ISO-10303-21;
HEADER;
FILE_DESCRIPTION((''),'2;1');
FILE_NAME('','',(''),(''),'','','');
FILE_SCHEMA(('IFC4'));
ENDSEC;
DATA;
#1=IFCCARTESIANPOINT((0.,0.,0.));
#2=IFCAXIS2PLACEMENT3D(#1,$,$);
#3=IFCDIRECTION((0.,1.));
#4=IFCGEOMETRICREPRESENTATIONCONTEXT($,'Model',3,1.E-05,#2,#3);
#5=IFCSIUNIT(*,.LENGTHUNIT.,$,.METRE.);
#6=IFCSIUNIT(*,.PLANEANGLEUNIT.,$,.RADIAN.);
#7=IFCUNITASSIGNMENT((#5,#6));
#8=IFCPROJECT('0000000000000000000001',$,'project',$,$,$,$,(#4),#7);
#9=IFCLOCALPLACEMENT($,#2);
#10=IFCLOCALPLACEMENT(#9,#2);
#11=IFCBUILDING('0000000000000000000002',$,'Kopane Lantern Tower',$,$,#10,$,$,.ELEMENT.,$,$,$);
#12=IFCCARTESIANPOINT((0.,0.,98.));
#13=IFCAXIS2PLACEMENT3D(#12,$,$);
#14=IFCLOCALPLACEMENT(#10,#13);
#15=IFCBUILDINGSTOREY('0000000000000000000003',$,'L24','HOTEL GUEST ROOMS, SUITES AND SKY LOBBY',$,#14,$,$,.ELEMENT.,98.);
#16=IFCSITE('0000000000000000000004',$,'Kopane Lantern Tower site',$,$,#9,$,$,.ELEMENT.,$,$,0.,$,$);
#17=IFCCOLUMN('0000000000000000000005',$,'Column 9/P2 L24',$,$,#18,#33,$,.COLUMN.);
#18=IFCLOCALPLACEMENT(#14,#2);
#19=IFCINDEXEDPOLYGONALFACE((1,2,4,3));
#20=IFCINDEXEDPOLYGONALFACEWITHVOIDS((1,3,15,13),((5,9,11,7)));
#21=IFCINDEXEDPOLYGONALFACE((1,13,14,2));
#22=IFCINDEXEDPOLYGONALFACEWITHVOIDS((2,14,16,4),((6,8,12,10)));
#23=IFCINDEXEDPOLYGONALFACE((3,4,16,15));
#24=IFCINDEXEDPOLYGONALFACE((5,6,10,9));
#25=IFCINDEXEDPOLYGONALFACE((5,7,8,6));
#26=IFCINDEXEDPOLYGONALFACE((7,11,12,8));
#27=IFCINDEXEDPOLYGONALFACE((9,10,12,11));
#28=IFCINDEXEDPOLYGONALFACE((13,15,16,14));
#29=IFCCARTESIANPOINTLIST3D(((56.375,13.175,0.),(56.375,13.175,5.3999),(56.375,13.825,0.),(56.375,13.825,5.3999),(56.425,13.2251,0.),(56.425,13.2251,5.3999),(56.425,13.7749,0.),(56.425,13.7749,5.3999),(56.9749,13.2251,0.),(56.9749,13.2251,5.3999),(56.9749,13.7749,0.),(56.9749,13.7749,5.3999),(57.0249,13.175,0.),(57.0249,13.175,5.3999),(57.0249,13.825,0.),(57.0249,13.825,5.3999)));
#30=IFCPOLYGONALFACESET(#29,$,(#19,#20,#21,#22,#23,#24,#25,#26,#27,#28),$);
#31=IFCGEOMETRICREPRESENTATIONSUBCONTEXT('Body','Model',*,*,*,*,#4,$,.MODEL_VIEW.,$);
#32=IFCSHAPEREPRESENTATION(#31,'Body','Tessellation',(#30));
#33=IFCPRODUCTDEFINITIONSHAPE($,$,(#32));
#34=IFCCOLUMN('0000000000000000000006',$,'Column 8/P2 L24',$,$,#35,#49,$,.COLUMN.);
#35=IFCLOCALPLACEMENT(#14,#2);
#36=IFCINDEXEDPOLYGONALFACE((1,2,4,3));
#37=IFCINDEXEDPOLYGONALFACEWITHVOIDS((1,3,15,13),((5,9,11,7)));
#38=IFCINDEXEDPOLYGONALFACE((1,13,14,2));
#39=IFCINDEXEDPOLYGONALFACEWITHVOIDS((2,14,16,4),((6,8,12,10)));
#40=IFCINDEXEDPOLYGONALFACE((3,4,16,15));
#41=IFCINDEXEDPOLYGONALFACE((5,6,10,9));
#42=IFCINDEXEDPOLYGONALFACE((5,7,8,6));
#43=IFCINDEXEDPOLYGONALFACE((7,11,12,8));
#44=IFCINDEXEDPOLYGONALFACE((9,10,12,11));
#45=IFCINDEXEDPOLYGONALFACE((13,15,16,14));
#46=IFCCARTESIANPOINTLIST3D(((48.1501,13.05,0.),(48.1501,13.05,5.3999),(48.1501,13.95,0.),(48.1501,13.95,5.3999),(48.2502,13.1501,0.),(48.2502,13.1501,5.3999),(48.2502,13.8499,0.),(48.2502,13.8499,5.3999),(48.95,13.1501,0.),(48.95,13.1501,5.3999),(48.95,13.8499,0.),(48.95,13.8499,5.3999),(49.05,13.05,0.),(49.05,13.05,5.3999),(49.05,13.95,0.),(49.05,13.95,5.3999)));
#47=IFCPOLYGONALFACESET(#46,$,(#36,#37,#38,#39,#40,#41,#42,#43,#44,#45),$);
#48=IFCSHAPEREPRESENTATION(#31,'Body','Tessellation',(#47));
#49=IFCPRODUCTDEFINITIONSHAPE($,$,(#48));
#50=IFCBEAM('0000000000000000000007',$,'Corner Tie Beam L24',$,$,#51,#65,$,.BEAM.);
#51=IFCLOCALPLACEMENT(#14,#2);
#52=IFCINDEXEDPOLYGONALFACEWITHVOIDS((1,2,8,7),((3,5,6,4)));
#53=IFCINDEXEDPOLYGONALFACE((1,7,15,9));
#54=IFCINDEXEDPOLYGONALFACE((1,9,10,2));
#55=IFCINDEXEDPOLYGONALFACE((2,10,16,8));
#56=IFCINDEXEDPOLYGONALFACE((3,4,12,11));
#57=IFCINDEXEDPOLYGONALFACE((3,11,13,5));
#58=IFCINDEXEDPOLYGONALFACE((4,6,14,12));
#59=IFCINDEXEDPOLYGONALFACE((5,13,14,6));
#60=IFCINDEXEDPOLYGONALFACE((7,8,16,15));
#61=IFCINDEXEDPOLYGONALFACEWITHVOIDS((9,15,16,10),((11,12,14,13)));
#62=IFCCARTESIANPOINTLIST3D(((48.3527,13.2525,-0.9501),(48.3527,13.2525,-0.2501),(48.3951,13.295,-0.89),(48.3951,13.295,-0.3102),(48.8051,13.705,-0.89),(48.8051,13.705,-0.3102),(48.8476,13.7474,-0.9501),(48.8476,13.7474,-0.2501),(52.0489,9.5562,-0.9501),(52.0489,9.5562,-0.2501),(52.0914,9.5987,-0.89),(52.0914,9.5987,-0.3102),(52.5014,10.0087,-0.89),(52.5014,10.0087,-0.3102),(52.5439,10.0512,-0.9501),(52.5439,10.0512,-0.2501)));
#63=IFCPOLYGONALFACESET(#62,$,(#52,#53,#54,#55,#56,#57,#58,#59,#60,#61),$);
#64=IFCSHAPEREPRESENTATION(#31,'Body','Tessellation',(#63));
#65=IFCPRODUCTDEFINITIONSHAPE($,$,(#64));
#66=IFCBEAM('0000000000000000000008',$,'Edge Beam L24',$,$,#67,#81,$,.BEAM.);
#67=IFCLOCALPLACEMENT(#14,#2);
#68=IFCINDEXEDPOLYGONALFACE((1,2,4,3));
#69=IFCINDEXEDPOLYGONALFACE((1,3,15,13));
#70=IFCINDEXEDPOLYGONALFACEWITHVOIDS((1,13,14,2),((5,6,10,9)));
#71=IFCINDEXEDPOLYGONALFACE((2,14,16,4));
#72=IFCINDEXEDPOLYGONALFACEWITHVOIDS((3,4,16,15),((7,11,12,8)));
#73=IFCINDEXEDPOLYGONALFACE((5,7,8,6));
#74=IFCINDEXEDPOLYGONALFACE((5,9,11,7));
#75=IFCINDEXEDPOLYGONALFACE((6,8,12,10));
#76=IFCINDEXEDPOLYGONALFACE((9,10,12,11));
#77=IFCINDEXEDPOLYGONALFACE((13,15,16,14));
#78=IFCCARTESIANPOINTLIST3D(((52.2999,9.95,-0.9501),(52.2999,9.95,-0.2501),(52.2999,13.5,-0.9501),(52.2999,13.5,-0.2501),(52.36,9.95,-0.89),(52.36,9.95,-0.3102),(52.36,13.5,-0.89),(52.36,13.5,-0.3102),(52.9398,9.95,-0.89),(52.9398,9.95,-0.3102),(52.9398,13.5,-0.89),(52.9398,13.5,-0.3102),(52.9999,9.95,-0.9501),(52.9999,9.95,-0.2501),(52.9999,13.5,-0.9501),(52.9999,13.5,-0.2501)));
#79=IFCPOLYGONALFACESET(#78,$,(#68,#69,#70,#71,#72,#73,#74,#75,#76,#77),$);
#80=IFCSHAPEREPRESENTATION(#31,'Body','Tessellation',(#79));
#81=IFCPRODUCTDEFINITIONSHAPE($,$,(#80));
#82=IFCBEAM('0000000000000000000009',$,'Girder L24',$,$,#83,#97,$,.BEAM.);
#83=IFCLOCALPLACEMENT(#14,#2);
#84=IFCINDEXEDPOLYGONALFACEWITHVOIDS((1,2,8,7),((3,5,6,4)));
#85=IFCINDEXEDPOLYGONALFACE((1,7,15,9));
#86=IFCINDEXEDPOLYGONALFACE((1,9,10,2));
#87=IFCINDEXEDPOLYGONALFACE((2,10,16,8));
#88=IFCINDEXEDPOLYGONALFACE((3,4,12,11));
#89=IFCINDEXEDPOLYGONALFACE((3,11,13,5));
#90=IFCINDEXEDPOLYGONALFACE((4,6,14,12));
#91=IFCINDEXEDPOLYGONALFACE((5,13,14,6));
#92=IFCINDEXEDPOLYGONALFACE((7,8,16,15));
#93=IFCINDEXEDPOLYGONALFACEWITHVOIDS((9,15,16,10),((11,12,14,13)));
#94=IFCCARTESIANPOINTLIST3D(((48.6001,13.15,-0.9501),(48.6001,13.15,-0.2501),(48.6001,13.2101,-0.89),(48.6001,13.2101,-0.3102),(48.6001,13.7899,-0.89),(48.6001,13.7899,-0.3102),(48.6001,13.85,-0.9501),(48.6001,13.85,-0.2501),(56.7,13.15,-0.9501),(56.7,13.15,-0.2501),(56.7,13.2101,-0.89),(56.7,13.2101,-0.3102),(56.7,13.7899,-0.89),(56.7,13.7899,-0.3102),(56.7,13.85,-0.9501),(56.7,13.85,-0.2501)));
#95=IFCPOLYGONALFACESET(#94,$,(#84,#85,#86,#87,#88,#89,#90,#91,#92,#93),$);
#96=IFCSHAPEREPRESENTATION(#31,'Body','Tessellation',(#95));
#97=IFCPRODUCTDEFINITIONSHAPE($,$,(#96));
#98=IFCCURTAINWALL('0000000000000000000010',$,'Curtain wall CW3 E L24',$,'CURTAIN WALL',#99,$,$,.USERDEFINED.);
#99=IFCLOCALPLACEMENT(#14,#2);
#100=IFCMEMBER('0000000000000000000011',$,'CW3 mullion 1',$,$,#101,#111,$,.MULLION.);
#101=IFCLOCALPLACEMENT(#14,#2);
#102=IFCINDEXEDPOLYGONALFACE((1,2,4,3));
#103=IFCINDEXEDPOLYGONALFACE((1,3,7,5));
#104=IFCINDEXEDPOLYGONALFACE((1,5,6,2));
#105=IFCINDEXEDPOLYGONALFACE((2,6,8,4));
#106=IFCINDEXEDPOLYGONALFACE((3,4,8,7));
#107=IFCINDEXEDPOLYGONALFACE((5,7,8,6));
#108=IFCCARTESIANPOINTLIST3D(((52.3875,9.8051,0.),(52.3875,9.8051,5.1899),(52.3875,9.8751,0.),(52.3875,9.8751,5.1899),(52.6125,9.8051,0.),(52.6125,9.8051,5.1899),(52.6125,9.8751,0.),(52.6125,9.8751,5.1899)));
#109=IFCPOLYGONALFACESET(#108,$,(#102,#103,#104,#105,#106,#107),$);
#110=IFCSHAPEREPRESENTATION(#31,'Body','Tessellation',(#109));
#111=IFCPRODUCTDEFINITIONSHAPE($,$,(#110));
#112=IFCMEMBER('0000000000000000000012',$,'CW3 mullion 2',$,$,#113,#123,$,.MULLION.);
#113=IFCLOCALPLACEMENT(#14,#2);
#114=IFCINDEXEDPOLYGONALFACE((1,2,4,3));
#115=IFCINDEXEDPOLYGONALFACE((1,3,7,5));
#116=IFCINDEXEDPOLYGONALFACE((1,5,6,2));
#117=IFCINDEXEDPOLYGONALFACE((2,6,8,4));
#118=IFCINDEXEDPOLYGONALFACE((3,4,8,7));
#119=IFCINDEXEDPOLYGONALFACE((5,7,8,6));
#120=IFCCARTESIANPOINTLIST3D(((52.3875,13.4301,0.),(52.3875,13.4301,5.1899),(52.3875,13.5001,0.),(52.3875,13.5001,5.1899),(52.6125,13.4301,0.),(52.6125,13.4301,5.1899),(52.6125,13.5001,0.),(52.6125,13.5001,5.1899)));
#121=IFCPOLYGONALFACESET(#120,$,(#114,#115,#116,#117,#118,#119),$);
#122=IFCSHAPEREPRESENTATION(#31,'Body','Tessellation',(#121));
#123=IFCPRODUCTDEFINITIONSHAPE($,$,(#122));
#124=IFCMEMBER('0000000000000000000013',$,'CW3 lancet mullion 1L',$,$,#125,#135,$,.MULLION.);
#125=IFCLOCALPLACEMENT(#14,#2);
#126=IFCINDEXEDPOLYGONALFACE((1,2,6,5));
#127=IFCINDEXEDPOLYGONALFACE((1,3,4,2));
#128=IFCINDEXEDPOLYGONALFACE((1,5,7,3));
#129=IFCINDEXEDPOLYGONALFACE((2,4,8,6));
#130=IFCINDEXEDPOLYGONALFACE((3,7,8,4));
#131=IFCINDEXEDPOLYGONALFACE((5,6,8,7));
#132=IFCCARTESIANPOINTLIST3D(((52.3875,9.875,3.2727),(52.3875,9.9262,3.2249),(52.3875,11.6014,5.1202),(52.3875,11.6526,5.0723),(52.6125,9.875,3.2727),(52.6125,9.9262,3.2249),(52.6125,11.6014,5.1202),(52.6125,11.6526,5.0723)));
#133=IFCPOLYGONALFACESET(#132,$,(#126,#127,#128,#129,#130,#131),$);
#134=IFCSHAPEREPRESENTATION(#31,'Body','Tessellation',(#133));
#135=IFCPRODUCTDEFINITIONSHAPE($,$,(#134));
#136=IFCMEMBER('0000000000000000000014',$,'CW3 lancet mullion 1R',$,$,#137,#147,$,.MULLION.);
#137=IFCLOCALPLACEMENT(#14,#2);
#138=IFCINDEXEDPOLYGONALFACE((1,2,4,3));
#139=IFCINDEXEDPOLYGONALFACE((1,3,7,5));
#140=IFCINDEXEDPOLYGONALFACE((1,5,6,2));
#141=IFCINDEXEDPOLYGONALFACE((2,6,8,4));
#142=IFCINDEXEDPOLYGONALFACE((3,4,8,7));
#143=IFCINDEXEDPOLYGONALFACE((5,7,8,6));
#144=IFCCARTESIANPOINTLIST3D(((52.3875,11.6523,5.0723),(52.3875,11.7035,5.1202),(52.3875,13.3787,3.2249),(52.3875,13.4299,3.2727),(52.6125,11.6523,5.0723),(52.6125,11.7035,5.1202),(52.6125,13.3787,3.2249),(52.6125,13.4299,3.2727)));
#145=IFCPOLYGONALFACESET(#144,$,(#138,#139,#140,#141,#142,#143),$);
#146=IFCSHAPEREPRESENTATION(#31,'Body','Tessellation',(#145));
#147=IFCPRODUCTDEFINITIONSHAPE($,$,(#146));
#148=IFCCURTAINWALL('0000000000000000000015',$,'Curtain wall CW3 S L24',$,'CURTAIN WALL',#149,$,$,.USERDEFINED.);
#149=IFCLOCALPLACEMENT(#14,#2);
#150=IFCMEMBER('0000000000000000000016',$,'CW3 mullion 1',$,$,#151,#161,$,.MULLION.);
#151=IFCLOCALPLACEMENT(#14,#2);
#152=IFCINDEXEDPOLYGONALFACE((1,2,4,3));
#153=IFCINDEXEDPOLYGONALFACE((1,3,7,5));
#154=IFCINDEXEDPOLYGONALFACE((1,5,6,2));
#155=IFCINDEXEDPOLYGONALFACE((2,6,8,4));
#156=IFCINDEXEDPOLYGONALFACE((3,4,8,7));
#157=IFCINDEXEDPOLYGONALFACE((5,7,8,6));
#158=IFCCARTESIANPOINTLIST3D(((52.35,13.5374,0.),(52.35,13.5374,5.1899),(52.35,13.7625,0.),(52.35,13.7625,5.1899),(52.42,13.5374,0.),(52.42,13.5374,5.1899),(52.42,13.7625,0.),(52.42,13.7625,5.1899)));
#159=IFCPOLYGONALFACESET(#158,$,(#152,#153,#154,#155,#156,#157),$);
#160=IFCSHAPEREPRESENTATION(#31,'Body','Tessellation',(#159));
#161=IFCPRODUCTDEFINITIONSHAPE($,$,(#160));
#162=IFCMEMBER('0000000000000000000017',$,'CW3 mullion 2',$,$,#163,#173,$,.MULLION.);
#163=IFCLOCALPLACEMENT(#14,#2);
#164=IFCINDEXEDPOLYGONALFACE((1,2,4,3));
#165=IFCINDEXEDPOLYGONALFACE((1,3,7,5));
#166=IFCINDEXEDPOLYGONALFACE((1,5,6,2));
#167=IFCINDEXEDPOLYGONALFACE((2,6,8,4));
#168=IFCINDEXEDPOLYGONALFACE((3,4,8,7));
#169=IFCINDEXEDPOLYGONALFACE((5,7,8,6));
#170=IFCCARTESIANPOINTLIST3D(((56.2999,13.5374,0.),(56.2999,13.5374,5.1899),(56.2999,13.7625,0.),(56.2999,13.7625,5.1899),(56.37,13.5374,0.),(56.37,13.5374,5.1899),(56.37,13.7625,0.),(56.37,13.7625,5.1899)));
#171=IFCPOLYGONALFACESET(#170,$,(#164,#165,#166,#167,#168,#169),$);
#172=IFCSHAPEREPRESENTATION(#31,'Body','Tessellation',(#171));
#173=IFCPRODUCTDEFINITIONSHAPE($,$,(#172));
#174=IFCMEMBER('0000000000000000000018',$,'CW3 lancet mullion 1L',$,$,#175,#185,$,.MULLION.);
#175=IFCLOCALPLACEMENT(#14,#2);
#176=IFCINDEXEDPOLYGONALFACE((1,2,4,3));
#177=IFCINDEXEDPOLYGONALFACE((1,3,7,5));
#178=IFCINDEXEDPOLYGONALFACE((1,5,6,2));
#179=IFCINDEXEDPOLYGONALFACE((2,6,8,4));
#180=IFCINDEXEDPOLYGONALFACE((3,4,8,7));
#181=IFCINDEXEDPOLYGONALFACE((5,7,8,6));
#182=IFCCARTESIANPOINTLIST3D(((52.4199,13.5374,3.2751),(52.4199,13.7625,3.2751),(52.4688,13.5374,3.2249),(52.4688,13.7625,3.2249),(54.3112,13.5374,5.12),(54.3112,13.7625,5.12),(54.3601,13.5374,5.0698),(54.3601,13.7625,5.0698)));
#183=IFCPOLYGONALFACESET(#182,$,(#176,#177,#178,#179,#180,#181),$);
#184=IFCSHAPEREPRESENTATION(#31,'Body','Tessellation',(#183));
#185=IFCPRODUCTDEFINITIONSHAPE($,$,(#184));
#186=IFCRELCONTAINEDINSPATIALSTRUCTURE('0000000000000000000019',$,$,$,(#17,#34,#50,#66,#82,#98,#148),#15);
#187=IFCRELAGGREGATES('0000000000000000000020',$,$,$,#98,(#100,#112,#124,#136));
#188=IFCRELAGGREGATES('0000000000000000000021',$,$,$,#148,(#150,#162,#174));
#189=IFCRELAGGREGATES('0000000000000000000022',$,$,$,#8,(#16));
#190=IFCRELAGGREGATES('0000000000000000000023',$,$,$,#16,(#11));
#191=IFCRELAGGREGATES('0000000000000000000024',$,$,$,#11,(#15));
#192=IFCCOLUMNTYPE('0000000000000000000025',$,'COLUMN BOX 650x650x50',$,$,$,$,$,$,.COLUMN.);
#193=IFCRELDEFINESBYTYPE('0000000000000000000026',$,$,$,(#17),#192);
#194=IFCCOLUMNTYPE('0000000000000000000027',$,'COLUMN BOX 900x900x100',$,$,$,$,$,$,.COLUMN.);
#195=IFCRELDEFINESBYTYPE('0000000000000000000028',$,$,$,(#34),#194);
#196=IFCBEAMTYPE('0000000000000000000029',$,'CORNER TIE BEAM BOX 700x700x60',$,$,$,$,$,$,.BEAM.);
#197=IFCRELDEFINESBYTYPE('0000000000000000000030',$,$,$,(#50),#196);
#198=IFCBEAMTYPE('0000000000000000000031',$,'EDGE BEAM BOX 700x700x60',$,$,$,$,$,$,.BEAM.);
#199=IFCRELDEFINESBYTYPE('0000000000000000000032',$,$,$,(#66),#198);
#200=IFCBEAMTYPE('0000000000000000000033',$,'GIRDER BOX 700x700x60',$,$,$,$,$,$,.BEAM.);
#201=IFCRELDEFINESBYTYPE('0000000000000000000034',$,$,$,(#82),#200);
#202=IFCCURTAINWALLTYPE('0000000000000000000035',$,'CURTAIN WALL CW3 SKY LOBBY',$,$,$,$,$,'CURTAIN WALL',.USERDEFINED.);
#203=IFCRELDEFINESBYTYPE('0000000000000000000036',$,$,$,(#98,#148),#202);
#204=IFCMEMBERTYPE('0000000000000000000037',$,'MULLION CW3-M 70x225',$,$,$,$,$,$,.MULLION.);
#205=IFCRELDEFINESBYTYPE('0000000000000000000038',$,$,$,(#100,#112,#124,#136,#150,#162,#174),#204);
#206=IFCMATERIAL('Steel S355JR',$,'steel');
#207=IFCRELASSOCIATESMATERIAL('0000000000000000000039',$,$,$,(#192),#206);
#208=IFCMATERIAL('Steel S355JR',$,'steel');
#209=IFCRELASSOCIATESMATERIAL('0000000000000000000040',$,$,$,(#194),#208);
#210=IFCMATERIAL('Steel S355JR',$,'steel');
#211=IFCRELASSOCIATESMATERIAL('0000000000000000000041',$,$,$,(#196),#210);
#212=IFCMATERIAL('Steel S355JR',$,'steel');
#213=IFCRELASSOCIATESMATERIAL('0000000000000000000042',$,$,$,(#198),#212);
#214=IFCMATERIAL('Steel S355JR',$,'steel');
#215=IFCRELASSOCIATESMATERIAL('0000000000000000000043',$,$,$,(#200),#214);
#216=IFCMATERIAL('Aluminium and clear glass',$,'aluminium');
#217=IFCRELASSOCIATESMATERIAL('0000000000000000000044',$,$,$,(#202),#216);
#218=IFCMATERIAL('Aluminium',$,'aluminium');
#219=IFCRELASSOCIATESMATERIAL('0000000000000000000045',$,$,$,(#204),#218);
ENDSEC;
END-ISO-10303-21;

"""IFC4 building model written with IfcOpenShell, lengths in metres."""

from ifc_helpers import new_model, si_unit, direction, frame, origin, origin_2d, place, context, subcontext, project, spatial, rectangle, hollow_rectangle, extrude, material, material_profile, profile_set, type_object, element, aggregate, save


model = new_model("IFC4")

# Units and contexts
model_context = context("Model", 3, precision=1e-05, world=origin(), true_north=direction((0.0, 1.0)))
body_context = subcontext(model_context, "Body", "Model", "MODEL_VIEW")
ifc_project = project(units=[si_unit("LENGTHUNIT", "METRE"), si_unit("PLANEANGLEUNIT", "RADIAN")], contexts=[model_context])

# Site, building, storey
site_placement = place(None, origin())
site = spatial("IfcSite", under=ifc_project, at=site_placement, Name="Kopane Lantern Tower site", CompositionType="ELEMENT", RefElevation=0.0)
building_placement = place(site_placement, origin())
building = spatial("IfcBuilding", under=site, at=building_placement, Name="Kopane Lantern Tower", CompositionType="ELEMENT")
storey_placement = place(building_placement, frame((0.0, 0.0, 98.0)))
storey = spatial("IfcBuildingStorey", under=building, at=storey_placement, Name="L24", Description="HOTEL GUEST ROOMS, SUITES AND SKY LOBBY", CompositionType="ELEMENT", Elevation=98.0)

# Columns
ifc_material_1 = material(Name="Steel S355JR", Category="steel")
ifc_material_profile_1 = material_profile(ifc_material_1, hollow_rectangle(XDim=0.6499, YDim=0.6499, WallThickness=0.05, at=origin_2d()), Name="BOX 650x650x50")
ifc_profile_set_1 = profile_set([ifc_material_profile_1], Name="Steel S355JR")
column_type_1 = type_object("IfcColumnType", Name="COLUMN BOX 650x650x50", PredefinedType="COLUMN", material=ifc_profile_set_1)
column_1_placement = place(storey_placement, frame((56.7, 13.5, 0.0), z_axis=(0.0, 0.0, 1.0), x_axis=(1.0, 0.0, 0.0)))
element("IfcColumn", 1, at=column_1_placement, inside=storey, type_object=column_type_1, Name="Column 9/P2 L24", PredefinedType="COLUMN", context=body_context, shape_type="SweptSolid", body=[
    extrude(hollow_rectangle(XDim=0.6499, YDim=0.6499, WallThickness=0.05, at=origin_2d()), origin(), (0.0, 0.0, 1.0), 5.3999),
])
ifc_material_2 = material(Name="Steel S355JR", Category="steel")
ifc_material_profile_2 = material_profile(ifc_material_2, hollow_rectangle(XDim=0.8999, YDim=0.8999, WallThickness=0.1001, at=origin_2d()), Name="BOX 900x900x100")
ifc_profile_set_2 = profile_set([ifc_material_profile_2], Name="Steel S355JR")
column_type_2 = type_object("IfcColumnType", Name="COLUMN BOX 900x900x100", PredefinedType="COLUMN", material=ifc_profile_set_2)
column_2_placement = place(storey_placement, frame((48.6001, 13.5, 0.0), z_axis=(0.0, 0.0, 1.0), x_axis=(1.0, 0.0, 0.0)))
element("IfcColumn", 2, at=column_2_placement, inside=storey, type_object=column_type_2, Name="Column 8/P2 L24", PredefinedType="COLUMN", context=body_context, shape_type="SweptSolid", body=[
    extrude(hollow_rectangle(XDim=0.8999, YDim=0.8999, WallThickness=0.1001, at=origin_2d()), origin(), (0.0, 0.0, 1.0), 5.3999),
])

# Beams
ifc_material_3 = material(Name="Steel S355JR", Category="steel")
ifc_material_profile_3 = material_profile(ifc_material_3, hollow_rectangle(XDim=0.7, YDim=0.7, WallThickness=0.0601, at=origin_2d()), Name="BOX 700x700x60")
ifc_profile_set_3 = profile_set([ifc_material_profile_3], Name="Steel S355JR")
beam_type_1 = type_object("IfcBeamType", Name="CORNER TIE BEAM BOX 700x700x60", PredefinedType="BEAM", material=ifc_profile_set_3)
beam_1_placement = place(storey_placement, frame((52.2964, 9.8037, -0.6001), z_axis=(-0.707107, 0.707107, 0.0), x_axis=(-0.707107, -0.707107, 0.0)))
element("IfcBeam", 3, at=beam_1_placement, inside=storey, type_object=beam_type_1, Name="Corner Tie Beam L24", PredefinedType="BEAM", context=body_context, shape_type="SweptSolid", body=[
    extrude(hollow_rectangle(XDim=0.7, YDim=0.7, WallThickness=0.0601, at=origin_2d()), origin(), (0.0, 0.0, 1.0), 5.2273),
])
ifc_material_4 = material(Name="Steel S355JR", Category="steel")
ifc_material_profile_4 = material_profile(ifc_material_4, hollow_rectangle(XDim=0.7, YDim=0.7, WallThickness=0.0601, at=origin_2d()), Name="BOX 700x700x60")
ifc_profile_set_4 = profile_set([ifc_material_profile_4], Name="Steel S355JR")
beam_type_2 = type_object("IfcBeamType", Name="EDGE BEAM BOX 700x700x60", PredefinedType="BEAM", material=ifc_profile_set_4)
beam_2_placement = place(storey_placement, frame((52.6499, 9.95, -0.6001), z_axis=(0.0, 1.0, 0.0), x_axis=(-1.0, 0.0, 0.0)))
element("IfcBeam", 4, at=beam_2_placement, inside=storey, type_object=beam_type_2, Name="Edge Beam L24", PredefinedType="BEAM", context=body_context, shape_type="SweptSolid", body=[
    extrude(hollow_rectangle(XDim=0.7, YDim=0.7, WallThickness=0.0601, at=origin_2d()), origin(), (0.0, 0.0, 1.0), 3.55),
])
ifc_material_5 = material(Name="Steel S355JR", Category="steel")
ifc_material_profile_5 = material_profile(ifc_material_5, hollow_rectangle(XDim=0.7, YDim=0.7, WallThickness=0.0601, at=origin_2d()), Name="BOX 700x700x60")
ifc_profile_set_5 = profile_set([ifc_material_profile_5], Name="Steel S355JR")
beam_type_3 = type_object("IfcBeamType", Name="GIRDER BOX 700x700x60", PredefinedType="BEAM", material=ifc_profile_set_5)
beam_3_placement = place(storey_placement, frame((48.6001, 13.5, -0.6001), z_axis=(1.0, 0.0, 0.0), x_axis=(0.0, 1.0, 0.0)))
element("IfcBeam", 5, at=beam_3_placement, inside=storey, type_object=beam_type_3, Name="Girder L24", PredefinedType="BEAM", context=body_context, shape_type="SweptSolid", body=[
    extrude(hollow_rectangle(XDim=0.7, YDim=0.7, WallThickness=0.0601, at=origin_2d()), origin(), (0.0, 0.0, 1.0), 8.0999),
])

# Curtain walls, members
ifc_material_6 = material(Name="Aluminium and clear glass", Category="aluminium")
curtain_wall_type = type_object("IfcCurtainWallType", Name="CURTAIN WALL CW3 SKY LOBBY", ElementType="CURTAIN WALL", PredefinedType="USERDEFINED", material=ifc_material_6)
curtain_wall_1_placement = place(storey_placement, origin())
curtain_wall_1 = element("IfcCurtainWall", 6, at=curtain_wall_1_placement, inside=storey, type_object=curtain_wall_type, Name="Curtain wall CW3 E L24", ObjectType="CURTAIN WALL", PredefinedType="USERDEFINED")
ifc_material_7 = material(Name="Aluminium", Category="aluminium")
ifc_material_profile_6 = material_profile(ifc_material_7, rectangle(XDim=0.0701, YDim=0.2251, at=origin_2d()), Name="AL 70x225")
ifc_profile_set_6 = profile_set([ifc_material_profile_6], Name="Aluminium")
member_type_1 = type_object("IfcMemberType", Name="MULLION CW3-M 70x225", PredefinedType="MULLION", material=ifc_profile_set_6)
member_1_placement = place(storey_placement, frame((52.5, 9.8401, 0.0), z_axis=(0.0, 0.0, 1.0), x_axis=(0.0, 1.0, 0.0)))
member_1 = element("IfcMember", 7, at=member_1_placement, type_object=member_type_1, Name="CW3 mullion 1", PredefinedType="MULLION", context=body_context, shape_type="SweptSolid", body=[
    extrude(rectangle(XDim=0.0701, YDim=0.2251, at=origin_2d()), origin(), (0.0, 0.0, 1.0), 5.1899),
])
member_2_placement = place(storey_placement, frame((52.5, 13.4651, 0.0), z_axis=(0.0, 0.0, 1.0), x_axis=(0.0, 1.0, 0.0)))
member_2 = element("IfcMember", 8, at=member_2_placement, type_object=member_type_1, Name="CW3 mullion 2", PredefinedType="MULLION", context=body_context, shape_type="SweptSolid", body=[
    extrude(rectangle(XDim=0.0701, YDim=0.2251, at=origin_2d()), origin(), (0.0, 0.0, 1.0), 5.1899),
])
member_3_placement = place(storey_placement, frame((52.5, 9.9006, 3.2488), z_axis=(0.0, 0.682755, 0.730647), x_axis=(0.0, -0.730647, 0.682755)))
member_3 = element("IfcMember", 9, at=member_3_placement, type_object=member_type_1, Name="CW3 lancet mullion 1L", PredefinedType="MULLION", context=body_context, shape_type="SweptSolid", body=[
    extrude(rectangle(XDim=0.0701, YDim=0.2251, at=origin_2d()), origin(), (0.0, 0.0, 1.0), 2.5286),
])
member_4_placement = place(storey_placement, frame((52.5, 13.4043, 3.2488), z_axis=(0.0, -0.682755, 0.730647), x_axis=(0.0, 0.730647, 0.682755)))
member_4 = element("IfcMember", 10, at=member_4_placement, type_object=member_type_1, Name="CW3 lancet mullion 1R", PredefinedType="MULLION", context=body_context, shape_type="SweptSolid", body=[
    extrude(rectangle(XDim=0.0701, YDim=0.2251, at=origin_2d()), origin(), (0.0, 0.0, 1.0), 2.5286),
])
curtain_wall_2_placement = place(storey_placement, origin())
curtain_wall_2 = element("IfcCurtainWall", 11, at=curtain_wall_2_placement, inside=storey, type_object=curtain_wall_type, Name="Curtain wall CW3 S L24", ObjectType="CURTAIN WALL", PredefinedType="USERDEFINED")
member_5_placement = place(storey_placement, frame((52.385, 13.6499, 0.0), z_axis=(0.0, 0.0, 1.0), x_axis=(1.0, 0.0, 0.0)))
member_5 = element("IfcMember", 12, at=member_5_placement, type_object=member_type_1, Name="CW3 mullion 1", PredefinedType="MULLION", context=body_context, shape_type="SweptSolid", body=[
    extrude(rectangle(XDim=0.0701, YDim=0.2251, at=origin_2d()), origin(), (0.0, 0.0, 1.0), 5.1899),
])
member_6_placement = place(storey_placement, frame((56.335, 13.6499, 0.0), z_axis=(0.0, 0.0, 1.0), x_axis=(1.0, 0.0, 0.0)))
member_6 = element("IfcMember", 13, at=member_6_placement, type_object=member_type_1, Name="CW3 mullion 2", PredefinedType="MULLION", context=body_context, shape_type="SweptSolid", body=[
    extrude(rectangle(XDim=0.0701, YDim=0.2251, at=origin_2d()), origin(), (0.0, 0.0, 1.0), 5.1899),
])
member_7_placement = place(storey_placement, frame((52.4443, 13.6499, 3.25), z_axis=(0.71583, 0.0, 0.698274), x_axis=(-0.698274, 0.0, 0.71583)))
member_7 = element("IfcMember", 14, at=member_7_placement, type_object=member_type_1, Name="CW3 lancet mullion 1L", PredefinedType="MULLION", context=body_context, shape_type="SweptSolid", body=[
    extrude(rectangle(XDim=0.0701, YDim=0.2251, at=origin_2d()), origin(), (0.0, 0.0, 1.0), 2.6421),
])

aggregate(curtain_wall_1, [member_1, member_2, member_3, member_4])
aggregate(curtain_wall_2, [member_5, member_6, member_7])

save(model, "model.ifc")
